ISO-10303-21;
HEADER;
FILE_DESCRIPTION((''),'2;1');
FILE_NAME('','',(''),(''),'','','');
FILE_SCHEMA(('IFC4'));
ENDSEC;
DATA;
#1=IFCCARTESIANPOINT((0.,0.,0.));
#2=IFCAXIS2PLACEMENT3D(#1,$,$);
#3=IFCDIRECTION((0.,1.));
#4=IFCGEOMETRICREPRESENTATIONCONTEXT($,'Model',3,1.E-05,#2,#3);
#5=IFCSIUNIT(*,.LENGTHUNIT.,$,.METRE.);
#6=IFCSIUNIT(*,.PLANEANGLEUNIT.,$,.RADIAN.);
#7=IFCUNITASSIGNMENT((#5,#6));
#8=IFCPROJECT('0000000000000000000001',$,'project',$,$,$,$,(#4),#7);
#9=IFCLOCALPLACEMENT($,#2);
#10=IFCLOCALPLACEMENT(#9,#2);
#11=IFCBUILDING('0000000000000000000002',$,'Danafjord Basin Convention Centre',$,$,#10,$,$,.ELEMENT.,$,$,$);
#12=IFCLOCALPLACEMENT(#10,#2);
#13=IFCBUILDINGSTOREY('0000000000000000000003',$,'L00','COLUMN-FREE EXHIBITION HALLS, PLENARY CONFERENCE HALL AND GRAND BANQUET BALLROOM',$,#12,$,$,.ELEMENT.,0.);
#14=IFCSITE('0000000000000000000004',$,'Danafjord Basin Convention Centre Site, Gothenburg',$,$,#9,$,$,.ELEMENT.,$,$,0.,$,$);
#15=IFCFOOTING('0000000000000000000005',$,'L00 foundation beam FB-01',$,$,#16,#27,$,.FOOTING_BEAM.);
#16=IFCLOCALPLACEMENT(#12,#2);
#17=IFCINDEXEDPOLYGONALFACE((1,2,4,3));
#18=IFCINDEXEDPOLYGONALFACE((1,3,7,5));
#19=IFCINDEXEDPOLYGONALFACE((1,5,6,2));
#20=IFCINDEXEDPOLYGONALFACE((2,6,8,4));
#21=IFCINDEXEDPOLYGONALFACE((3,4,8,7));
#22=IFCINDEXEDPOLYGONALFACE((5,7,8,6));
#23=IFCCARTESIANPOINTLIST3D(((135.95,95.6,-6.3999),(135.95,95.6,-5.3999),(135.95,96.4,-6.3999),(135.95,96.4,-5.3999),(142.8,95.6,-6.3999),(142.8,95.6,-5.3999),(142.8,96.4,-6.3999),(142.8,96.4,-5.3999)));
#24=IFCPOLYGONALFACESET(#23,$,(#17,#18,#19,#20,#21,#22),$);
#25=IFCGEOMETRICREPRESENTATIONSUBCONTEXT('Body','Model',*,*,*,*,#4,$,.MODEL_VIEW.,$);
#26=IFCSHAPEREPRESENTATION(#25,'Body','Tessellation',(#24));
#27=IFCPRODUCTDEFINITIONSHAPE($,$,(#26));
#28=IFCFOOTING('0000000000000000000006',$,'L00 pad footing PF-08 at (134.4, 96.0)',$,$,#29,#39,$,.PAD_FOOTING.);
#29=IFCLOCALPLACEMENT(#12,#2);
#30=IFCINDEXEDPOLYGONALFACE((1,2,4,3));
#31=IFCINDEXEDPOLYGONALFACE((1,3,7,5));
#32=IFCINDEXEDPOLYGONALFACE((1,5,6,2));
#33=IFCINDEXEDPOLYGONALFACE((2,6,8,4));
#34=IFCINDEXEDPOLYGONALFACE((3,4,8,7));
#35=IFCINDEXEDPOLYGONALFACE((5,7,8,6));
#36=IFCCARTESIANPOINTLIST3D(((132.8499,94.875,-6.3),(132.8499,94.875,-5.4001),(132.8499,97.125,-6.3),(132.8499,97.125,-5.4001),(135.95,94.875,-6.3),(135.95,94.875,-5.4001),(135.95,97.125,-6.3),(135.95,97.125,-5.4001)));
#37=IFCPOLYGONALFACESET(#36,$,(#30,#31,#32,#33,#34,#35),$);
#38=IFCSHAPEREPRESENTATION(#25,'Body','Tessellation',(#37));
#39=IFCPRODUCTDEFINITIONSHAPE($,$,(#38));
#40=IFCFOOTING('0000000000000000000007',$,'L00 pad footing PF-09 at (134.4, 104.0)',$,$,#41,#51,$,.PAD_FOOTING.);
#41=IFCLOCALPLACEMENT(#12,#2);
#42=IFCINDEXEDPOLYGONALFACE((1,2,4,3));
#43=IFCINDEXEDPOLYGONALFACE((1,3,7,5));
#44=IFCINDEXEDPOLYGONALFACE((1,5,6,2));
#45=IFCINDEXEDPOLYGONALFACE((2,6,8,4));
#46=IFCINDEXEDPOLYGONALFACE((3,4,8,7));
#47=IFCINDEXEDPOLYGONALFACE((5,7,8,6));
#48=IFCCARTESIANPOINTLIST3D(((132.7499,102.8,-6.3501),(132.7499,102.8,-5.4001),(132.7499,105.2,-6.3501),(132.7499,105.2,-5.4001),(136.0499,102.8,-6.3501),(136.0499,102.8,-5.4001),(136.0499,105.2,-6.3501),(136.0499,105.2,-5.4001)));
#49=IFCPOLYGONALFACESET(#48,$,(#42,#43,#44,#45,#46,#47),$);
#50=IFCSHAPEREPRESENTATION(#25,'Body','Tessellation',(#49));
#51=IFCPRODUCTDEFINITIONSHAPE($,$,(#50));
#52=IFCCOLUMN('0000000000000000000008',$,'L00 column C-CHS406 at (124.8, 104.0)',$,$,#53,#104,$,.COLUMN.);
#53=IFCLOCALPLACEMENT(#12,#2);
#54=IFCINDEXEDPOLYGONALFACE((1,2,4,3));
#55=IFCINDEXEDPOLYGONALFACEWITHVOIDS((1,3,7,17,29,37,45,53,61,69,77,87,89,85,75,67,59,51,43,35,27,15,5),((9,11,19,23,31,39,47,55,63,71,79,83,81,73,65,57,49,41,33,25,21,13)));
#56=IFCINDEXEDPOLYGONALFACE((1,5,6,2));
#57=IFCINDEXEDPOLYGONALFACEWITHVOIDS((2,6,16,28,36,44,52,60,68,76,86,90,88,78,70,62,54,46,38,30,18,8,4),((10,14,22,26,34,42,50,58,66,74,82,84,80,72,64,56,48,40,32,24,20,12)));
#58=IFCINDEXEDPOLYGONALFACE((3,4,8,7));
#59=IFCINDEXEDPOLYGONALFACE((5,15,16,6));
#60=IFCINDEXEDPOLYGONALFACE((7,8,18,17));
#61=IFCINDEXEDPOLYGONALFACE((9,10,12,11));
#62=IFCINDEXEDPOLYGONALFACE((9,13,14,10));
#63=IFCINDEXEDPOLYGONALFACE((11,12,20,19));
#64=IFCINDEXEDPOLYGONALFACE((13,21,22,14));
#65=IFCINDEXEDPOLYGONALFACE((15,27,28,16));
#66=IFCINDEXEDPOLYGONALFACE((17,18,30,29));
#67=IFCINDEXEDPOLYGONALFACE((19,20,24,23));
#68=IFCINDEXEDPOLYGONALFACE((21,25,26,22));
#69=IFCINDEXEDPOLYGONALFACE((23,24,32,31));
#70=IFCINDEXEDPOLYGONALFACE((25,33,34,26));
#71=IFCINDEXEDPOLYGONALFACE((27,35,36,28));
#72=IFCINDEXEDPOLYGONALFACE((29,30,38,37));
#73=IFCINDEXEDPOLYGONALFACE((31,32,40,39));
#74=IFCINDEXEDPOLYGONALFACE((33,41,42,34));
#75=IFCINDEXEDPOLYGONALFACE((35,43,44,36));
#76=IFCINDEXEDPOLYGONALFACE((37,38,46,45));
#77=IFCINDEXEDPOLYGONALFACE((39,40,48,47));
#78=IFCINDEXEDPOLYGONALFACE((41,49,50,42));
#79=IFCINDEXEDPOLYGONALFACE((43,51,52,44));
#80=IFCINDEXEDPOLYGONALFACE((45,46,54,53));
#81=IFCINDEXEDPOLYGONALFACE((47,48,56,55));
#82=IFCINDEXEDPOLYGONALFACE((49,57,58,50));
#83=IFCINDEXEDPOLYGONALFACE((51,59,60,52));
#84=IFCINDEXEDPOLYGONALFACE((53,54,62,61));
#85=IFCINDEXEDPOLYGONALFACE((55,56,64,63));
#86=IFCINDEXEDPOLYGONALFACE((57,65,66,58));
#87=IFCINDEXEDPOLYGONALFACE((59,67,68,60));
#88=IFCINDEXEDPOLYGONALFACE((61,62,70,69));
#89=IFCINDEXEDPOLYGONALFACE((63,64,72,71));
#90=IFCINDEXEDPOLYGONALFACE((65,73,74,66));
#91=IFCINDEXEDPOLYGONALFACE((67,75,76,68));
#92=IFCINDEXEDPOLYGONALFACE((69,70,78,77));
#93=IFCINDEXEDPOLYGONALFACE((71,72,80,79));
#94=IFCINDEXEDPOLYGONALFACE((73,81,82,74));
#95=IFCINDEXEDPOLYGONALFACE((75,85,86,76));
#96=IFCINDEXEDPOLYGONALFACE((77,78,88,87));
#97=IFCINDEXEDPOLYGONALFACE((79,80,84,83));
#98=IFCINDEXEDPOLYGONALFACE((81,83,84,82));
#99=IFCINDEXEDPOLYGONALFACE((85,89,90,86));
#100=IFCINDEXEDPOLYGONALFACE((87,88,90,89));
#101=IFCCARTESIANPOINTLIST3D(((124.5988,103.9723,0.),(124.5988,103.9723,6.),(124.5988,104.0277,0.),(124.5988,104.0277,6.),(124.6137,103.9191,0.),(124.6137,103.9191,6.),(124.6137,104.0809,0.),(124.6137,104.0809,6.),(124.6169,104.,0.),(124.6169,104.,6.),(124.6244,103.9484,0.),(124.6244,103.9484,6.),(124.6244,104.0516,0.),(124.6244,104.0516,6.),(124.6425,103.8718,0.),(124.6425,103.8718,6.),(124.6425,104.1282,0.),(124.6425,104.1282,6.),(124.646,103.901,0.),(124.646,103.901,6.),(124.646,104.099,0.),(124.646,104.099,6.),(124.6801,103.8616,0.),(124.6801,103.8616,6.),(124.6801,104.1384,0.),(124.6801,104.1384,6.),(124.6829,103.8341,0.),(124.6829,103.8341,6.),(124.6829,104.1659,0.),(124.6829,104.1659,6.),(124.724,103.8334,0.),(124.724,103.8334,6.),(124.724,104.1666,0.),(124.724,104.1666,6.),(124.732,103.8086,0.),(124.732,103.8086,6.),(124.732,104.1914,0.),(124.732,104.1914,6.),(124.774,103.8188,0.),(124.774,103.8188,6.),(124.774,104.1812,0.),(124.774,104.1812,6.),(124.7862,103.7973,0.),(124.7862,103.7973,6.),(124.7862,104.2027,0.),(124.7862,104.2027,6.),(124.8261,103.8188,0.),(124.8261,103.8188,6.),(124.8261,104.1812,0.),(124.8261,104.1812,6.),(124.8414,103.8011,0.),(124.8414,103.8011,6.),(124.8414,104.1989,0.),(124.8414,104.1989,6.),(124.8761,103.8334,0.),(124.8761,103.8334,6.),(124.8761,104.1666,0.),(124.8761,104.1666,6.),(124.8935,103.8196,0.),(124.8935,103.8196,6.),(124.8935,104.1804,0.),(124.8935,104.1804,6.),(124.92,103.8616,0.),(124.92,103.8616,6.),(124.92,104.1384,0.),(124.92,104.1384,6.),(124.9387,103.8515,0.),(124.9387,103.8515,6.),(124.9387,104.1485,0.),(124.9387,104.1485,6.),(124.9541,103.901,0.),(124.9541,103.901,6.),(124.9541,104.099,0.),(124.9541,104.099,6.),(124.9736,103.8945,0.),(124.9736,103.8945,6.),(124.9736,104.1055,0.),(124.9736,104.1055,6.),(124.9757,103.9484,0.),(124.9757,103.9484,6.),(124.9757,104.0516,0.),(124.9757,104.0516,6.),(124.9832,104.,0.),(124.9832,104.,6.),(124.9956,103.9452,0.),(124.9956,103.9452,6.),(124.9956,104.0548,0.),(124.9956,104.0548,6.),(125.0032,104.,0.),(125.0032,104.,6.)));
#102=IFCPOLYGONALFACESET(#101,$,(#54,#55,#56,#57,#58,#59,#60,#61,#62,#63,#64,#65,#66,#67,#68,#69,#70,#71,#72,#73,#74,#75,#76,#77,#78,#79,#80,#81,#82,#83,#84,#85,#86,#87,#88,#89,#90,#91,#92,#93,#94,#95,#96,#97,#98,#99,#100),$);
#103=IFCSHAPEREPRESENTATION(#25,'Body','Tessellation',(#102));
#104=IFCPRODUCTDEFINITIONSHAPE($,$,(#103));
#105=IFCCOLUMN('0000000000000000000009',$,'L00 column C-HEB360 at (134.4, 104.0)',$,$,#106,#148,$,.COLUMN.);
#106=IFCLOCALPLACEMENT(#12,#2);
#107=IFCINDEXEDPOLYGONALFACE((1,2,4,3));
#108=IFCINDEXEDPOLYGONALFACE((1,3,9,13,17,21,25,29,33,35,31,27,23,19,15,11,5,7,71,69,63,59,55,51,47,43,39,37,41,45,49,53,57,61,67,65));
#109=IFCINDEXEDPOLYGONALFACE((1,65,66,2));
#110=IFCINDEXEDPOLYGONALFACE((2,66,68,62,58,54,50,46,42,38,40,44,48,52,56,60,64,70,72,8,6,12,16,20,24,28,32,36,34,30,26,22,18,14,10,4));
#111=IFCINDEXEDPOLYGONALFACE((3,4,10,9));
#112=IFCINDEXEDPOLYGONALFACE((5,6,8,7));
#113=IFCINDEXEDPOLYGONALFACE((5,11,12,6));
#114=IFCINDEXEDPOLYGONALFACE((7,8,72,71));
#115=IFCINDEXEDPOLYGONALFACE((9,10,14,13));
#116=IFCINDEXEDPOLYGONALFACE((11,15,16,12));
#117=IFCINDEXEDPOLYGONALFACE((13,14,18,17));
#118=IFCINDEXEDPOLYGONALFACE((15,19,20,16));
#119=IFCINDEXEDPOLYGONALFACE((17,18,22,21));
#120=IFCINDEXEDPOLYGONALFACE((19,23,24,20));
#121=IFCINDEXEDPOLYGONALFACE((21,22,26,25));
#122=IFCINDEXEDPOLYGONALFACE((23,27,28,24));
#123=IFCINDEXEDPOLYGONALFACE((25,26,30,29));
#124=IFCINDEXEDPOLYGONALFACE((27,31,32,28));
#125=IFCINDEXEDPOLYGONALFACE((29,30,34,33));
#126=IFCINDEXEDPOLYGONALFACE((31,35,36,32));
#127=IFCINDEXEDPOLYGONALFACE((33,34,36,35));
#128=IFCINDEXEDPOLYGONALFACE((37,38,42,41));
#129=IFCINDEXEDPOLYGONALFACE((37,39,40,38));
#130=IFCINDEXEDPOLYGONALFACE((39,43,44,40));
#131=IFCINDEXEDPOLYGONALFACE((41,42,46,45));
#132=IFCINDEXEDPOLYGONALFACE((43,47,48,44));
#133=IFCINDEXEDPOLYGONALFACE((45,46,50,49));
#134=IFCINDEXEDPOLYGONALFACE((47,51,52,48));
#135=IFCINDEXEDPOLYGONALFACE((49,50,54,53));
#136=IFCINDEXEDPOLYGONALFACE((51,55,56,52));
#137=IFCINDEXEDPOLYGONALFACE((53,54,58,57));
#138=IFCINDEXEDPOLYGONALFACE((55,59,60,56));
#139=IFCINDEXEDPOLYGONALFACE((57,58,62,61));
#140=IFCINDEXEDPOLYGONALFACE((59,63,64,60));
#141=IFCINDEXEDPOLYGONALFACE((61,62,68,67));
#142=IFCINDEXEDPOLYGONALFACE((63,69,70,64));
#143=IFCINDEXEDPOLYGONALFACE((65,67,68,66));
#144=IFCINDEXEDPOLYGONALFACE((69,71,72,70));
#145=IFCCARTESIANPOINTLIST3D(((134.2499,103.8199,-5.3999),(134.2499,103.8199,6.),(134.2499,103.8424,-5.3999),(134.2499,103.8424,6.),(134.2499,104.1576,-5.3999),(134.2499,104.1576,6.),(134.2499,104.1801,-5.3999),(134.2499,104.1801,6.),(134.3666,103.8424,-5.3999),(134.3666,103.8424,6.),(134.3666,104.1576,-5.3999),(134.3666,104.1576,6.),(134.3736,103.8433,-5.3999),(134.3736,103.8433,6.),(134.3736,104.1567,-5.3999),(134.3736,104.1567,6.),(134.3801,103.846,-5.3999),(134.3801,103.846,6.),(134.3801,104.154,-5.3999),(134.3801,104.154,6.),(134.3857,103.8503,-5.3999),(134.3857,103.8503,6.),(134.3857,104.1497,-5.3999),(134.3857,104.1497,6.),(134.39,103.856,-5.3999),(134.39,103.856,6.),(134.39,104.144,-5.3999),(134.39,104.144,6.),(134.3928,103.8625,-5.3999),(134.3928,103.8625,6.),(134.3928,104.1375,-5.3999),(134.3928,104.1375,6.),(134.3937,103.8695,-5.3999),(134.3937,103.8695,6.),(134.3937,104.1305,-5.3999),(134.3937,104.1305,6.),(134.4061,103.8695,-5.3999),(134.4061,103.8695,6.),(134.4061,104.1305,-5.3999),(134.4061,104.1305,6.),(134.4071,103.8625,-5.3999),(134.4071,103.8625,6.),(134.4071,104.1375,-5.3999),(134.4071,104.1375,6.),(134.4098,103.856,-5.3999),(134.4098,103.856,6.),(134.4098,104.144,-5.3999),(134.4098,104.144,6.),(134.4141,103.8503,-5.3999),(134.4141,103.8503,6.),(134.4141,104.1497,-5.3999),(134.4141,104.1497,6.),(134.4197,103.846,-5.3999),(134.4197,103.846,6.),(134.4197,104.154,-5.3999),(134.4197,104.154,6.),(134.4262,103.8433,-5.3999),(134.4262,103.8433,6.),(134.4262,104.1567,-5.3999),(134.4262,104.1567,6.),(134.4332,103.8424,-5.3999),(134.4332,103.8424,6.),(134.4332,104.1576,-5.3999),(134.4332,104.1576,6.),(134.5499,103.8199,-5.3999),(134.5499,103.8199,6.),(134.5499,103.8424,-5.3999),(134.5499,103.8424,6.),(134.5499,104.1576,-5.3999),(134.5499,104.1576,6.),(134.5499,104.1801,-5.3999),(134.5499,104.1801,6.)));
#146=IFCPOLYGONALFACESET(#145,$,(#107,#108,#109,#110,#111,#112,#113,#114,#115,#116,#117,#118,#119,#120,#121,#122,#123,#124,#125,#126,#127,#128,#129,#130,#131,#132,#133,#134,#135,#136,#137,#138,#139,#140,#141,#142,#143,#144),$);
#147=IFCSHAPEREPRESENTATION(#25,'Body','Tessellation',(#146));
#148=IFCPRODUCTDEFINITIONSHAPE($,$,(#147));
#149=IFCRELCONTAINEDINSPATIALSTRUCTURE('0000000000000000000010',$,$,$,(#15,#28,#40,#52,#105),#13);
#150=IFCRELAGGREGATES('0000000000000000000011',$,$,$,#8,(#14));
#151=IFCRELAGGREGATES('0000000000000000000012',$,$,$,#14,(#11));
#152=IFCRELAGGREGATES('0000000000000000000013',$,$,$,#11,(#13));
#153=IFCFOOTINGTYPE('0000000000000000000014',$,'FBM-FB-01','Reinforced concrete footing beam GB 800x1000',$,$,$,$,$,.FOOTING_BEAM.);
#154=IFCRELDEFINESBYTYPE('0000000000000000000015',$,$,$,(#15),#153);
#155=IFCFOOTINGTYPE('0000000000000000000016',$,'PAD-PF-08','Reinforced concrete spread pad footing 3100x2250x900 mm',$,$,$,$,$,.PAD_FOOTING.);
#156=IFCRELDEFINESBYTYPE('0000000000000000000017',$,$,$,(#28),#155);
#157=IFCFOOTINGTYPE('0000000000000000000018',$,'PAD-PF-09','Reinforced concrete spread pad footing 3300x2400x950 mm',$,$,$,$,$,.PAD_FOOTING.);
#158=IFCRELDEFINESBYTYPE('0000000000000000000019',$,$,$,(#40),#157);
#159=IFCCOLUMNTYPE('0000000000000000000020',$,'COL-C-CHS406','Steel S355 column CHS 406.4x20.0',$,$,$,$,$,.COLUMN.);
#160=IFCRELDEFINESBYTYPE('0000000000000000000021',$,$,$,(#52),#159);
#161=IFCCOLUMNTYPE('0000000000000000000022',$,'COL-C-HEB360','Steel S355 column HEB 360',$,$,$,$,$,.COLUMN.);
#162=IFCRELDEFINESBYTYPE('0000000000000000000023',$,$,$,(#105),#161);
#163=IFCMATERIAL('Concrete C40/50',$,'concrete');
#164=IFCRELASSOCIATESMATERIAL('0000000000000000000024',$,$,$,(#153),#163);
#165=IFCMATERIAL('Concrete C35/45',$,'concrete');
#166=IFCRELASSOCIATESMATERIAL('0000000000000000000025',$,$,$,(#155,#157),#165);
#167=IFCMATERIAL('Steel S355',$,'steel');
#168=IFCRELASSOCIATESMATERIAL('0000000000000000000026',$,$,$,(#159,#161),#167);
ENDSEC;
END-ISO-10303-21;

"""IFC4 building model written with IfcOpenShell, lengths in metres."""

from ifc_helpers import new_model, si_unit, direction, frame, origin, origin_2d, place, context, subcontext, project, spatial, rectangle, hollow_circle, i_section, extrude, material, material_profile, profile_set, type_object, element, save


model = new_model("IFC4")

# Units and contexts
model_context = context("Model", 3, precision=1e-05, world=origin(), true_north=direction((0.0, 1.0)))
body_context = subcontext(model_context, "Body", "Model", "MODEL_VIEW")
ifc_project = project(units=[si_unit("LENGTHUNIT", "METRE"), si_unit("PLANEANGLEUNIT", "RADIAN")], contexts=[model_context])

# Site, building, storey
site_placement = place(None, origin())
site = spatial("IfcSite", under=ifc_project, at=site_placement, Name="Danafjord Basin Convention Centre Site, Gothenburg", CompositionType="ELEMENT", RefElevation=0.0)
building_placement = place(site_placement, origin())
building = spatial("IfcBuilding", under=site, at=building_placement, Name="Danafjord Basin Convention Centre", CompositionType="ELEMENT")
storey_placement = place(building_placement, origin())
storey = spatial("IfcBuildingStorey", under=building, at=storey_placement, Name="L00", Description="COLUMN-FREE EXHIBITION HALLS, PLENARY CONFERENCE HALL AND GRAND BANQUET BALLROOM", CompositionType="ELEMENT", Elevation=0.0)

# Footings
ifc_material_1 = material(Name="Concrete C40/50", Category="concrete")
ifc_material_profile_1 = material_profile(ifc_material_1, rectangle(XDim=0.8, YDim=1.0, at=origin_2d()), Name="GB 800x1000")
ifc_profile_set_1 = profile_set([ifc_material_profile_1], Name="Concrete C40/50")
footing_type_1 = type_object("IfcFootingType", Name="FBM-FB-01", Description="Reinforced concrete footing beam GB 800x1000", PredefinedType="FOOTING_BEAM", material=ifc_profile_set_1)
footing_1_placement = place(storey_placement, frame((135.95, 96.0, -5.8999), z_axis=(1.0, 0.0, 0.0), x_axis=(0.0, 1.0, 0.0)))
element("IfcFooting", 1, at=footing_1_placement, inside=storey, type_object=footing_type_1, Name="L00 foundation beam FB-01", PredefinedType="FOOTING_BEAM", context=body_context, shape_type="SweptSolid", body=[
    extrude(rectangle(XDim=0.8, YDim=1.0, at=origin_2d()), origin(), (0.0, 0.0, 1.0), 6.8501),
])
ifc_material_2 = material(Name="Concrete C35/45", Category="concrete")
footing_type_2 = type_object("IfcFootingType", Name="PAD-PF-08", Description="Reinforced concrete spread pad footing 3100x2250x900 mm", PredefinedType="PAD_FOOTING", material=ifc_material_2)
footing_2_placement = place(storey_placement, frame((134.3999, 96.0, -6.3), z_axis=(0.0, 0.0, 1.0), x_axis=(1.0, 0.0, 0.0)))
element("IfcFooting", 2, at=footing_2_placement, inside=storey, type_object=footing_type_2, Name="L00 pad footing PF-08 at (134.4, 96.0)", PredefinedType="PAD_FOOTING", context=body_context, shape_type="SweptSolid", body=[
    extrude(rectangle(XDim=3.1001, YDim=2.25, at=origin_2d()), origin(), (0.0, 0.0, 1.0), 0.8999),
])
footing_type_3 = type_object("IfcFootingType", Name="PAD-PF-09", Description="Reinforced concrete spread pad footing 3300x2400x950 mm", PredefinedType="PAD_FOOTING", material=ifc_material_2)
footing_3_placement = place(storey_placement, frame((134.3999, 104.0, -6.3501), z_axis=(0.0, 0.0, 1.0), x_axis=(1.0, 0.0, 0.0)))
element("IfcFooting", 3, at=footing_3_placement, inside=storey, type_object=footing_type_3, Name="L00 pad footing PF-09 at (134.4, 104.0)", PredefinedType="PAD_FOOTING", context=body_context, shape_type="SweptSolid", body=[
    extrude(rectangle(XDim=3.3, YDim=2.3999, at=origin_2d()), origin(), (0.0, 0.0, 1.0), 0.95),
])

# Columns
ifc_material_3 = material(Name="Steel S355", Category="steel")
ifc_material_profile_2 = material_profile(ifc_material_3, hollow_circle(Radius=0.2031, WallThickness=0.02, at=origin_2d()), Name="CHS 406.4x20.0")
ifc_profile_set_2 = profile_set([ifc_material_profile_2], Name="Steel S355")
column_type_1 = type_object("IfcColumnType", Name="COL-C-CHS406", Description="Steel S355 column CHS 406.4x20.0", PredefinedType="COLUMN", material=ifc_profile_set_2)
column_1_placement = place(storey_placement, frame((124.8, 104.0, 0.0), z_axis=(0.0, 0.0, 1.0), x_axis=(1.0, 0.0, 0.0)))
element("IfcColumn", 4, at=column_1_placement, inside=storey, type_object=column_type_1, Name="L00 column C-CHS406 at (124.8, 104.0)", PredefinedType="COLUMN", context=body_context, shape_type="SweptSolid", body=[
    extrude(hollow_circle(Radius=0.2031, WallThickness=0.02, at=origin_2d()), origin(), (0.0, 0.0, 1.0), 6.0),
])
ifc_material_profile_3 = material_profile(ifc_material_3, i_section(OverallWidth=0.3, OverallDepth=0.3601, WebThickness=0.0125, FlangeThickness=0.0225, FilletRadius=0.0271, at=origin_2d()), Name="HEB 360")
ifc_profile_set_3 = profile_set([ifc_material_profile_3], Name="Steel S355")
column_type_2 = type_object("IfcColumnType", Name="COL-C-HEB360", Description="Steel S355 column HEB 360", PredefinedType="COLUMN", material=ifc_profile_set_3)
column_2_placement = place(storey_placement, frame((134.3999, 104.0, -5.3999), z_axis=(0.0, 0.0, 1.0), x_axis=(1.0, 0.0, 0.0)))
element("IfcColumn", 5, at=column_2_placement, inside=storey, type_object=column_type_2, Name="L00 column C-HEB360 at (134.4, 104.0)", PredefinedType="COLUMN", context=body_context, shape_type="SweptSolid", body=[
    extrude(i_section(OverallWidth=0.3, OverallDepth=0.3601, WebThickness=0.0125, FlangeThickness=0.0225, FilletRadius=0.0271, at=origin_2d()), origin(), (0.0, 0.0, 1.0), 11.3999),
])

save(model, "model.ifc")
